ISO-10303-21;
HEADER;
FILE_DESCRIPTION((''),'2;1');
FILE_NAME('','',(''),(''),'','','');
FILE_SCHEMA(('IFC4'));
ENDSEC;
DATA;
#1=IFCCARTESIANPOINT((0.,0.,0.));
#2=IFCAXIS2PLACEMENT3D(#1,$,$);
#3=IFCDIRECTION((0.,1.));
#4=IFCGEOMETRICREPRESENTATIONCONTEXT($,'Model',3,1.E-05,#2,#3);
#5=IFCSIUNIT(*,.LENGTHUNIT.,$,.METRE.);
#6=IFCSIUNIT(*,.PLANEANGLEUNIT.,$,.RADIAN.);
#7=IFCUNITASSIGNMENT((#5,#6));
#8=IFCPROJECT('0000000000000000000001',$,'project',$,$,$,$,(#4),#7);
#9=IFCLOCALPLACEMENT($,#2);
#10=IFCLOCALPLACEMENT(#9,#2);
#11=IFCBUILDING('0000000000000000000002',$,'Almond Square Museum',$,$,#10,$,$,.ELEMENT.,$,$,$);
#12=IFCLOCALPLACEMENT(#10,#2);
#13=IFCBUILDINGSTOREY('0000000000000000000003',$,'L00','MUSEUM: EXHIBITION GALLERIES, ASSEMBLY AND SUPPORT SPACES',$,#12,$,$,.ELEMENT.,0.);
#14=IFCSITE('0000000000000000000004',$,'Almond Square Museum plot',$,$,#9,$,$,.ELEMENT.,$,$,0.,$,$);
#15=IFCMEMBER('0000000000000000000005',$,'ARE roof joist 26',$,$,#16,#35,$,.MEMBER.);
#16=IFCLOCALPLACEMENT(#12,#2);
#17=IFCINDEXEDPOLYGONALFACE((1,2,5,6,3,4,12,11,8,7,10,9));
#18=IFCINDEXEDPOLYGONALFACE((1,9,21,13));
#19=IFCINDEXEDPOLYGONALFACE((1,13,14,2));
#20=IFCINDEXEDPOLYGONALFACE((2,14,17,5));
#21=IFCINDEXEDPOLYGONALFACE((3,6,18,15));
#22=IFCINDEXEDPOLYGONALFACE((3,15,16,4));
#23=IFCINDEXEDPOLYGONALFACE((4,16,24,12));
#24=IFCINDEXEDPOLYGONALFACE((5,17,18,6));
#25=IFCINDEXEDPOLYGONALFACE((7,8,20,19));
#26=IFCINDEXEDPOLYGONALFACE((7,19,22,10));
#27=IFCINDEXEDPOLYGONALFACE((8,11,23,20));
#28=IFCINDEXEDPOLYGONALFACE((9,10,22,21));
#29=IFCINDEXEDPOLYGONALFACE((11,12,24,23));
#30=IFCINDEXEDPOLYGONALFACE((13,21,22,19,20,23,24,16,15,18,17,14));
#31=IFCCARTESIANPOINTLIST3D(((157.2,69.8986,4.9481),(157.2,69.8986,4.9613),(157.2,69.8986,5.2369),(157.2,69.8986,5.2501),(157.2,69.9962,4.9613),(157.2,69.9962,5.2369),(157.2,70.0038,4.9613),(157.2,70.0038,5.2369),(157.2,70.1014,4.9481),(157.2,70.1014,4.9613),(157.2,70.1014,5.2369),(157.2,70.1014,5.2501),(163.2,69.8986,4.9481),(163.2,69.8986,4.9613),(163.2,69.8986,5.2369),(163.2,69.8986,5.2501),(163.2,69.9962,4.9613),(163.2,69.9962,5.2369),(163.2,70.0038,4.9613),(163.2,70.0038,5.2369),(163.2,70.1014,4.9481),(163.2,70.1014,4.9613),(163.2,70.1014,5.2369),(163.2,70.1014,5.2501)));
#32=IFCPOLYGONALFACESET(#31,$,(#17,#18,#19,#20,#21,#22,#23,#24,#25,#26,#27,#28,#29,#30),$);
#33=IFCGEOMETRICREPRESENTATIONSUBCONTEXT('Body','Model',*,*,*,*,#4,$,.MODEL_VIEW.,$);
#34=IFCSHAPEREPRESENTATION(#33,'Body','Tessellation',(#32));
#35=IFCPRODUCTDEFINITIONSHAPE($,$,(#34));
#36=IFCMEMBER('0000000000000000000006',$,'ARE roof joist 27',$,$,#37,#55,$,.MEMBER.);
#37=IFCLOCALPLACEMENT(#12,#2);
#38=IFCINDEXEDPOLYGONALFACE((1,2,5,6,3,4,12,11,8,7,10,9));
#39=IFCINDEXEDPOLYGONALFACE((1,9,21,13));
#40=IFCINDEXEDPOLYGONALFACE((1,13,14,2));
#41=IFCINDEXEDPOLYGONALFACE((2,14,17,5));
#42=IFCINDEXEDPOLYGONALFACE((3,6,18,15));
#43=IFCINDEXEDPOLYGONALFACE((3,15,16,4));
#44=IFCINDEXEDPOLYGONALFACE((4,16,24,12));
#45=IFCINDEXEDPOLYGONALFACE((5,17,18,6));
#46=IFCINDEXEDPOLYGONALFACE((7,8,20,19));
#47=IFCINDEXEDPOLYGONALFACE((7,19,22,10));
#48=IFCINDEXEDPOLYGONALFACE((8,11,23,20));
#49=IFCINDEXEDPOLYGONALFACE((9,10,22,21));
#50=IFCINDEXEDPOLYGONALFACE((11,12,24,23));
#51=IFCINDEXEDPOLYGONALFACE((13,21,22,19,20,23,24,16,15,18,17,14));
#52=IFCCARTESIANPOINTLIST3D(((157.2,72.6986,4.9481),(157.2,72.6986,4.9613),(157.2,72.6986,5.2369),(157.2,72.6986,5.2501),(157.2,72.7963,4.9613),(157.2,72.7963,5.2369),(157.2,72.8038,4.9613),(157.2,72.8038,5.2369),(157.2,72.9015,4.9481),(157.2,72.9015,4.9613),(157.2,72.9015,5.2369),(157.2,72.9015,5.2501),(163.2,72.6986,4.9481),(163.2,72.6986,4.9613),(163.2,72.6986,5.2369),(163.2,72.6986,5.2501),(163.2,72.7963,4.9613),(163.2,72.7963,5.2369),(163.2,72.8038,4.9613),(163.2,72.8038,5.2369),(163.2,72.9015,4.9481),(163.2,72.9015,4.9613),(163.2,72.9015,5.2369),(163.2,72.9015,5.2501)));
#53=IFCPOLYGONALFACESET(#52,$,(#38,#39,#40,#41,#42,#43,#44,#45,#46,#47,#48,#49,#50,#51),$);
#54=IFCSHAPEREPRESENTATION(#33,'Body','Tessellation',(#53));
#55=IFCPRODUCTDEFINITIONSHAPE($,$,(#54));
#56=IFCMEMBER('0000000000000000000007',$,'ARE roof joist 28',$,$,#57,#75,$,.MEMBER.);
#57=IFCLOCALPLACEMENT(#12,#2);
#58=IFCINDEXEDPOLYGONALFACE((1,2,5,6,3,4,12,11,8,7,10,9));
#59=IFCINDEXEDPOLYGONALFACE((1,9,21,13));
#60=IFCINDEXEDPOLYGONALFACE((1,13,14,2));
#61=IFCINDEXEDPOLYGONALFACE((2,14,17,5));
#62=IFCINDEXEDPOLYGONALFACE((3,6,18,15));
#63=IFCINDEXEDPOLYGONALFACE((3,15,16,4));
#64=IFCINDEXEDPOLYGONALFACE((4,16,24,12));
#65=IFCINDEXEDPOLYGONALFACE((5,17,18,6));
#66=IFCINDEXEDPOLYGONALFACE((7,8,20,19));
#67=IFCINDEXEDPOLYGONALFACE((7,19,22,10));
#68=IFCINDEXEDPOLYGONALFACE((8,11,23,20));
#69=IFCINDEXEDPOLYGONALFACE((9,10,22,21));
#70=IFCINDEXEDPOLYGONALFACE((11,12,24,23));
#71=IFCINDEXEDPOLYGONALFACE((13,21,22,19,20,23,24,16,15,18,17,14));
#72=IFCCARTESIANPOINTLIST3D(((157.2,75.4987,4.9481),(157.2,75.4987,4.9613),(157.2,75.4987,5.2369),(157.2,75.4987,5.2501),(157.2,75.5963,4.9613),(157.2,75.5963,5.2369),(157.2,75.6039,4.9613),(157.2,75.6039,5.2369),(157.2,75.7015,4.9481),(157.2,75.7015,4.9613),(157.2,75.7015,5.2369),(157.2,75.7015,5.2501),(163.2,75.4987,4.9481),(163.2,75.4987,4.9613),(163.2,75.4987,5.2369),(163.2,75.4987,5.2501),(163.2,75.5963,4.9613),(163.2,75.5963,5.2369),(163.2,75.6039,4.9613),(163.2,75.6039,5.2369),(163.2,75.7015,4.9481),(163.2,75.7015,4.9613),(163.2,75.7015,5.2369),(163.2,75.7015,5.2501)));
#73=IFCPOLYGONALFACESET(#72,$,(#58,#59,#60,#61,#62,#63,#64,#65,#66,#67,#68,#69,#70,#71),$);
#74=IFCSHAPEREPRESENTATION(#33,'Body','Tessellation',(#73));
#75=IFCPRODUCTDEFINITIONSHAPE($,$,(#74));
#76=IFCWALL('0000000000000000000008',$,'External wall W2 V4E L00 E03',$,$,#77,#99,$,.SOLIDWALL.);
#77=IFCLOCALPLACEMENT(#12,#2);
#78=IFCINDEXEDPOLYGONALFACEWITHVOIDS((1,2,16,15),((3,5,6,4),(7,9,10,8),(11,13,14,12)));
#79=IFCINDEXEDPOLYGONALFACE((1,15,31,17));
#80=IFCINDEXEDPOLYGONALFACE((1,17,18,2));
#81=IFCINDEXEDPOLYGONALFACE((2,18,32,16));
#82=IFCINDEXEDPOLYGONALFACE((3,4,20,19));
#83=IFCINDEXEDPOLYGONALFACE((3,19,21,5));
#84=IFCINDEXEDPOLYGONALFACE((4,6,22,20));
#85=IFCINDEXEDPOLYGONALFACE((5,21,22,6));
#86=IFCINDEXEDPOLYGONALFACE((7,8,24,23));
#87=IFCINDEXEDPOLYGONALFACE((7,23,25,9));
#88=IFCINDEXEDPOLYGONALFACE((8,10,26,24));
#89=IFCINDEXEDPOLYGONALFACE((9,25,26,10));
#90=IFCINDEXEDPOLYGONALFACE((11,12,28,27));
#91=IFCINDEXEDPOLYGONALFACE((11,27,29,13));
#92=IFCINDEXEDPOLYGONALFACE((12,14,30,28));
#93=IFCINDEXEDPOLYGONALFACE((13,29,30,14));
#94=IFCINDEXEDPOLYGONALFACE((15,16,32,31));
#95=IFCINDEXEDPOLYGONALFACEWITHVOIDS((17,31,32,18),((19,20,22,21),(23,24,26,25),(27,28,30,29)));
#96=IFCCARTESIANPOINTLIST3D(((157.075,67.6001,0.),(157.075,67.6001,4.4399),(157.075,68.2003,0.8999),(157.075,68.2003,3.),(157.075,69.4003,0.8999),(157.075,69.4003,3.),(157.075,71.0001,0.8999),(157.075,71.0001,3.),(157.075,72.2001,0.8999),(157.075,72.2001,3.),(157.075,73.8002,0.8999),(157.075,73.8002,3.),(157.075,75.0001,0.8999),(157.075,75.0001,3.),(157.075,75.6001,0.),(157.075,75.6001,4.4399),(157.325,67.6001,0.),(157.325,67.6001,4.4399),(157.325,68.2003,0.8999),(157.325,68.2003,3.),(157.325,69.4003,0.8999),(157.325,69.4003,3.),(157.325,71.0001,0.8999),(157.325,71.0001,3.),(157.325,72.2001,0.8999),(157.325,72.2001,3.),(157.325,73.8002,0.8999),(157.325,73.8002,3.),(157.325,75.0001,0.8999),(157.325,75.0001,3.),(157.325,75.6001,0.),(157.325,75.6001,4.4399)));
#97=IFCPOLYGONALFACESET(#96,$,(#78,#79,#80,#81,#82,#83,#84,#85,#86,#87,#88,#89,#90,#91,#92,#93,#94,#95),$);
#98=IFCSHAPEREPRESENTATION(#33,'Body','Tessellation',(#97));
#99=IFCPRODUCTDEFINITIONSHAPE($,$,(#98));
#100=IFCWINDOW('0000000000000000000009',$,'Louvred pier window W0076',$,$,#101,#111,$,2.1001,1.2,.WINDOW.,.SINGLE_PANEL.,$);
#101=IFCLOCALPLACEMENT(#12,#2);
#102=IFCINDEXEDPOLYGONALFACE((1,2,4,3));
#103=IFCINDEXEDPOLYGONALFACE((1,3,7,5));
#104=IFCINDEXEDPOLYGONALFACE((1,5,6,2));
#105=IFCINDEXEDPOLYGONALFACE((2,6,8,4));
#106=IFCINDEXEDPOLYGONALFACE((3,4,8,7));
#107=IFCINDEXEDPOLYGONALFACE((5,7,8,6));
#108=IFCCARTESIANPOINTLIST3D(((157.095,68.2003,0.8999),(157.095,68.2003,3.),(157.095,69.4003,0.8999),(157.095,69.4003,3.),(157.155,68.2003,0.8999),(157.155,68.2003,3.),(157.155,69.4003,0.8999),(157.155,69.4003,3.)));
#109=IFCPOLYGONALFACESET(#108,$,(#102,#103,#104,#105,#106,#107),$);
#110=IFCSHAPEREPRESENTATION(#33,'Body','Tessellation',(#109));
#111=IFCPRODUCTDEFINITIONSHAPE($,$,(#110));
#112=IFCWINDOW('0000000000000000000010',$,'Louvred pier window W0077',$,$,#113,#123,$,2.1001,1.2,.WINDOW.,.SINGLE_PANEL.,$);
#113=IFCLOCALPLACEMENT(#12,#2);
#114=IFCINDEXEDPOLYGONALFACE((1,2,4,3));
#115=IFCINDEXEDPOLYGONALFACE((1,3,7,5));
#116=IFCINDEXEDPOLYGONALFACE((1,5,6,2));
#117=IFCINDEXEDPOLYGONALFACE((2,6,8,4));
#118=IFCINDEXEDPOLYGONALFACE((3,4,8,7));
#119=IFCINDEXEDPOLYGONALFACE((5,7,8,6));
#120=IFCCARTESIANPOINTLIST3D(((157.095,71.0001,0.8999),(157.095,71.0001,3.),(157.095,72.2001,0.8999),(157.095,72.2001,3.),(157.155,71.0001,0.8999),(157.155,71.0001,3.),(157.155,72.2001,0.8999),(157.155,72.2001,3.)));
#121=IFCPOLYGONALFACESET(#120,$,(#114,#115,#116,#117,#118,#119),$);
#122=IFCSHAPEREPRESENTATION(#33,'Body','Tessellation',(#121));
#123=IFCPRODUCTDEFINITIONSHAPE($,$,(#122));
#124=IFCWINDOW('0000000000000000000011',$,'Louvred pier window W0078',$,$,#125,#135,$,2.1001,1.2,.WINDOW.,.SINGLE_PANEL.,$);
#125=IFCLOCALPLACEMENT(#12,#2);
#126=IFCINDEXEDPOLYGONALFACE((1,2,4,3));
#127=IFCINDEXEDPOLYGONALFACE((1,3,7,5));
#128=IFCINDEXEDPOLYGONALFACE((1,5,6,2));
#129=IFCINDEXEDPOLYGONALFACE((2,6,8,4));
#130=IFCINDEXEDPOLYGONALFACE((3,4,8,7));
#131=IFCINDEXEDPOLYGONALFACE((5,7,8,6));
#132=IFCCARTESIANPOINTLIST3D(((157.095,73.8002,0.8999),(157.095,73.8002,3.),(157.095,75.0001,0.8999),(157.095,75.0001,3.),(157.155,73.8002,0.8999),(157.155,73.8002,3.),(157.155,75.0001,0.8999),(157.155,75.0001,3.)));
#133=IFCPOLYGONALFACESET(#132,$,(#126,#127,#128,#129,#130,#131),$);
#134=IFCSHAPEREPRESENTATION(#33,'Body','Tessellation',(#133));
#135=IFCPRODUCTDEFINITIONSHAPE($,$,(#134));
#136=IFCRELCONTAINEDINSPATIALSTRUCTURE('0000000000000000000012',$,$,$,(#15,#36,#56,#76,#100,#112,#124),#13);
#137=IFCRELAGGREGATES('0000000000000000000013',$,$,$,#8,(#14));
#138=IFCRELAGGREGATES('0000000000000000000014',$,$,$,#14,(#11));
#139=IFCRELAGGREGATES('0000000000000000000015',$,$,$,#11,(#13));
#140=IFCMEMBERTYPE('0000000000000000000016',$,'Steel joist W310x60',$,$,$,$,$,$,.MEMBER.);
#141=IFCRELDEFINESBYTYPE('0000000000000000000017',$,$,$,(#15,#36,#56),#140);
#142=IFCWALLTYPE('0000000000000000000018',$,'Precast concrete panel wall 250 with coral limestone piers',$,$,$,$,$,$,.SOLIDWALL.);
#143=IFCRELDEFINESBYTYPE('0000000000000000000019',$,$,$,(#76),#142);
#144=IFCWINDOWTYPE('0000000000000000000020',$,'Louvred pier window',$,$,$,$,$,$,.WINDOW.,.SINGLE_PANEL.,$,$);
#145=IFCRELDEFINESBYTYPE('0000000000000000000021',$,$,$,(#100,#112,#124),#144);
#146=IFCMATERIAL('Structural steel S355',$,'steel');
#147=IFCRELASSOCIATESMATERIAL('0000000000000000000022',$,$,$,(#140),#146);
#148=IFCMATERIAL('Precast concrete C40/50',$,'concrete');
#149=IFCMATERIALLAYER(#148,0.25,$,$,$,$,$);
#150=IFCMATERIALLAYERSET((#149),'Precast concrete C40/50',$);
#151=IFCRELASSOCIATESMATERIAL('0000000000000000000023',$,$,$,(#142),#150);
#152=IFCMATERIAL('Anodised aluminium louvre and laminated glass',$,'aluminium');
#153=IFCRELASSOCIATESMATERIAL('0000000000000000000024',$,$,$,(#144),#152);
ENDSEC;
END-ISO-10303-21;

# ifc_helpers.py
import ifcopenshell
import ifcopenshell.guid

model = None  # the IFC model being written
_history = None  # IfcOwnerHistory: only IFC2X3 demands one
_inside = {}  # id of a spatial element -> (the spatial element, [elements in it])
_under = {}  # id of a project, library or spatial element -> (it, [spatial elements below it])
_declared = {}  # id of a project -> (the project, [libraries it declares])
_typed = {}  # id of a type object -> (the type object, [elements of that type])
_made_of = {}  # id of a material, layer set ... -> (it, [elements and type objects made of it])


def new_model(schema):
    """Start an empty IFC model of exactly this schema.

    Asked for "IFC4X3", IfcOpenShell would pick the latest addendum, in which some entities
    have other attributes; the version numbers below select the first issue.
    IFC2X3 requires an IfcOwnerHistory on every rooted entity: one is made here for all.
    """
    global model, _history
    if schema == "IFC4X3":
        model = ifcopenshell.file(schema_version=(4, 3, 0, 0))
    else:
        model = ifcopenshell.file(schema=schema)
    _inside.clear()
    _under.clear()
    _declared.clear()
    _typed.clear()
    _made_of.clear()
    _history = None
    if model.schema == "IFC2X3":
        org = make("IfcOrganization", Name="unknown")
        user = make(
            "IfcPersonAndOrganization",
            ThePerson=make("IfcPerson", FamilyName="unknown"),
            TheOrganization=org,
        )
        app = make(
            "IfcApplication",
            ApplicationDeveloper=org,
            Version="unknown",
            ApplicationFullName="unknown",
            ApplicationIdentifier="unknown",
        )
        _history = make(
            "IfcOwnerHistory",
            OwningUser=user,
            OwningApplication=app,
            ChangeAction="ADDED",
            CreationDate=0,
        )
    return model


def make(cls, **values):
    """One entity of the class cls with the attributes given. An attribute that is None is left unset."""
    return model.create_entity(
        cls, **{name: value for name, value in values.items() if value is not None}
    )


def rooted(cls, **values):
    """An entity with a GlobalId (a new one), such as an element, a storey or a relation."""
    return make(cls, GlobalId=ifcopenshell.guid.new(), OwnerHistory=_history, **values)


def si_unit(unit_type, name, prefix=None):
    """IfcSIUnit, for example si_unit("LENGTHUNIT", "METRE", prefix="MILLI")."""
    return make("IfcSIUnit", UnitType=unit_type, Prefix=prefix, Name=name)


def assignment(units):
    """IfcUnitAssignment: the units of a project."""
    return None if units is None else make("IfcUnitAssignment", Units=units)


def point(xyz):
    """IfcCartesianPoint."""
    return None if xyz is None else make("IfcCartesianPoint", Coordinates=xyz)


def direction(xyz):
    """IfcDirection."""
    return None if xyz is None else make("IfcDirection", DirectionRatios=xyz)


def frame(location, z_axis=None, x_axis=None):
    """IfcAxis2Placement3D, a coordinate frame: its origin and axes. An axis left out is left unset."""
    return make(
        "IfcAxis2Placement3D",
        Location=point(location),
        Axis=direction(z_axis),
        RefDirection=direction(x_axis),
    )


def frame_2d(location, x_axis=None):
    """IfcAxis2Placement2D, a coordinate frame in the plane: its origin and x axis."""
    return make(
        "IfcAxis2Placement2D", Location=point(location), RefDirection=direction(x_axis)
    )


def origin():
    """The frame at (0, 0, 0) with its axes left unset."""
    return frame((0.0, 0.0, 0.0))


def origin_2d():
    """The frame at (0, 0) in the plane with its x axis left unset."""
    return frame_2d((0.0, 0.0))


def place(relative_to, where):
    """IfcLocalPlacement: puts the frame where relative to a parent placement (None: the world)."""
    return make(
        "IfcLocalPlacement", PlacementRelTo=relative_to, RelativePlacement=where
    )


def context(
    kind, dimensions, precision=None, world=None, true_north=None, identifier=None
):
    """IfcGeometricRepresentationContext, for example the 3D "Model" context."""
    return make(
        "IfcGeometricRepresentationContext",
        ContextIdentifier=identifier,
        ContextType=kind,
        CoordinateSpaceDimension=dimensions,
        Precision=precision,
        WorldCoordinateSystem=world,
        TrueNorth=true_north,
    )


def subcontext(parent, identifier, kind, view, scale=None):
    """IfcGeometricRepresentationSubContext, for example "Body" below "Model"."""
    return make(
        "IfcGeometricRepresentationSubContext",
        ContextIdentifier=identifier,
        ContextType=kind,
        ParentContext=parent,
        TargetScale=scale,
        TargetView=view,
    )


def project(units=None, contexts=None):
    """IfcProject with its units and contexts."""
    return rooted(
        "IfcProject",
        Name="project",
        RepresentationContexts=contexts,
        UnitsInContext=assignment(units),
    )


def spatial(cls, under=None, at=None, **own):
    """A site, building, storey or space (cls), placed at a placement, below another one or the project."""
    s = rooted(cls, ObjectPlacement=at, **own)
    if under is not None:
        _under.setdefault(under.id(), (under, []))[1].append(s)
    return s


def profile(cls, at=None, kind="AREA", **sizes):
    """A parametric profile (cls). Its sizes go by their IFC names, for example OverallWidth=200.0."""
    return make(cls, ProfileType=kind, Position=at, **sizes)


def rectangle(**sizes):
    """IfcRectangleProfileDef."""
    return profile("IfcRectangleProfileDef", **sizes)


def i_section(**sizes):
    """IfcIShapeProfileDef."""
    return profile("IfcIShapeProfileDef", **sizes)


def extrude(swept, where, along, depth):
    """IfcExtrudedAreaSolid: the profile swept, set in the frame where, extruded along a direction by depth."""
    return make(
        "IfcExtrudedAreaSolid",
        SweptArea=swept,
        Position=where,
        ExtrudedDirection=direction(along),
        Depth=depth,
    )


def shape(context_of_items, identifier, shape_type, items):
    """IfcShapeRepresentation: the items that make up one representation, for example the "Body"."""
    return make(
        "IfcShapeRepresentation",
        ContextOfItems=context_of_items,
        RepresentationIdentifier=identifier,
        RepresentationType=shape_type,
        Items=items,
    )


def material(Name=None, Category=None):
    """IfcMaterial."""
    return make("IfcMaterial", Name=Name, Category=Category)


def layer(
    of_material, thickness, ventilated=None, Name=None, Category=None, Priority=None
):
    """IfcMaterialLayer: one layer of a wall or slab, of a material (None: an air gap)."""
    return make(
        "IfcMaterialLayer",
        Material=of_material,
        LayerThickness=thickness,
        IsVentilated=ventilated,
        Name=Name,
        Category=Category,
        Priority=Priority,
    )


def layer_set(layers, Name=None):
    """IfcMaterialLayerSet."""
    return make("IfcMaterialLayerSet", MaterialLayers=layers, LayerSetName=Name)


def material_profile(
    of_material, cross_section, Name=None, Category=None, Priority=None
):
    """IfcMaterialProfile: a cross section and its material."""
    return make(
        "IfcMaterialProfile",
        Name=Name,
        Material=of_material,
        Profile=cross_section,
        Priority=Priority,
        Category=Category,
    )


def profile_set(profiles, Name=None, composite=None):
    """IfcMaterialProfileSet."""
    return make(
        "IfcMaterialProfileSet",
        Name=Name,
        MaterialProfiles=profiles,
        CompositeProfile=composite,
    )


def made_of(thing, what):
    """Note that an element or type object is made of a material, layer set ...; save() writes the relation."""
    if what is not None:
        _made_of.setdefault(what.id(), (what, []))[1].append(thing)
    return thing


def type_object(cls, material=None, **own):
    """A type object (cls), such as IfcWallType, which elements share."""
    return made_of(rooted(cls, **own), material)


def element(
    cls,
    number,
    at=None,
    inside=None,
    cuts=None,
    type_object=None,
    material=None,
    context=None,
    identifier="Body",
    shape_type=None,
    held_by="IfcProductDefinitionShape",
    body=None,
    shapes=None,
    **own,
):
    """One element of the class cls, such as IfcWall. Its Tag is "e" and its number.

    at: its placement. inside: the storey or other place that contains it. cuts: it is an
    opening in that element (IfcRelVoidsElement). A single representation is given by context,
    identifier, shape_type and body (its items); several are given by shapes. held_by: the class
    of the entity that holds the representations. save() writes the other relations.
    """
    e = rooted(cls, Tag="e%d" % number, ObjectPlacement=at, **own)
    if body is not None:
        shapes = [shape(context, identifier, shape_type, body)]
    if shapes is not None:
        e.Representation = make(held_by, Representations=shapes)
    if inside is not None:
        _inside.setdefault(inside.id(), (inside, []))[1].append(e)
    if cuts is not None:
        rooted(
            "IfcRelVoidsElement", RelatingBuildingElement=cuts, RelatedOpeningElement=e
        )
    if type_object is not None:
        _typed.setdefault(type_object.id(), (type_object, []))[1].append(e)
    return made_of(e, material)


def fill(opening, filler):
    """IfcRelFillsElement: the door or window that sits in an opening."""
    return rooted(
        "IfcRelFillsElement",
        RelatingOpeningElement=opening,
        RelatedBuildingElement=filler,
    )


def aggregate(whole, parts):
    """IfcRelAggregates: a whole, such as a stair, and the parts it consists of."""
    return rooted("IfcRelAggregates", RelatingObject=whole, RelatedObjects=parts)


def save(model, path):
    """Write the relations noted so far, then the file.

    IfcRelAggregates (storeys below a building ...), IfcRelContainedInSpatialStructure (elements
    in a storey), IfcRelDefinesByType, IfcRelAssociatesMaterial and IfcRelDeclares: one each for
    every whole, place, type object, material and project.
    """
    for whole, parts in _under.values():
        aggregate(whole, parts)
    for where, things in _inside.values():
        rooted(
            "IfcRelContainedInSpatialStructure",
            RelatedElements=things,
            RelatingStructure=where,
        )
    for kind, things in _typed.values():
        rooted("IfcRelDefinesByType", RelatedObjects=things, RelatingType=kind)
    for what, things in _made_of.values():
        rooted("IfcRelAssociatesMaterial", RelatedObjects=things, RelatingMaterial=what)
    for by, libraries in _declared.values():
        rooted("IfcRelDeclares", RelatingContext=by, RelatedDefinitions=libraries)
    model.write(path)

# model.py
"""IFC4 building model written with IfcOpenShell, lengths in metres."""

from ifc_helpers import new_model, si_unit, direction, frame, frame_2d, origin, origin_2d, place, context, subcontext, project, spatial, rectangle, i_section, extrude, material, layer, layer_set, material_profile, profile_set, type_object, element, fill, save


model = new_model("IFC4")

# Units and contexts
model_context = context("Model", 3, precision=1e-05, world=origin(), true_north=direction((0.0, 1.0)))
body_context = subcontext(model_context, "Body", "Model", "MODEL_VIEW")
ifc_project = project(units=[si_unit("LENGTHUNIT", "METRE"), si_unit("PLANEANGLEUNIT", "RADIAN")], contexts=[model_context])

# Site, building, storey
site_placement = place(None, origin())
site = spatial("IfcSite", under=ifc_project, at=site_placement, Name="Almond Square Museum plot", CompositionType="ELEMENT", RefElevation=0.0)
building_placement = place(site_placement, origin())
building = spatial("IfcBuilding", under=site, at=building_placement, Name="Almond Square Museum", CompositionType="ELEMENT")
storey_placement = place(building_placement, origin())
storey = spatial("IfcBuildingStorey", under=building, at=storey_placement, Name="L00", Description="MUSEUM: EXHIBITION GALLERIES, ASSEMBLY AND SUPPORT SPACES", CompositionType="ELEMENT", Elevation=0.0)

# Members
ifc_material_1 = material(Name="Structural steel S355", Category="steel")
ifc_material_profile_1 = material_profile(ifc_material_1, i_section(OverallWidth=0.2029, OverallDepth=0.302, WebThickness=0.0076, FlangeThickness=0.0132, at=origin_2d()))
ifc_profile_set_1 = profile_set([ifc_material_profile_1], Name="Structural steel S355")
member_type = type_object("IfcMemberType", Name="Steel joist W310x60", PredefinedType="MEMBER", material=ifc_profile_set_1)
for number, where, z_axis, x_axis, name in (
    (1, (157.2, 70.0, 5.0991), (1.0, 0.0, 0.0), (0.0, 1.0, 0.0), "ARE roof joist 26"),
    (2, (157.2, 72.8, 5.0991), (1.0, 0.0, 0.0), (0.0, 1.0, 0.0), "ARE roof joist 27"),
    (3, (157.2, 75.6001, 5.0991), (1.0, 0.0, 0.0), (0.0, 1.0, 0.0), "ARE roof joist 28"),
):
    element("IfcMember", number, at=place(storey_placement, frame(where, z_axis=z_axis, x_axis=x_axis)), inside=storey, type_object=member_type, Name=name, PredefinedType="MEMBER", context=body_context, shape_type="SweptSolid", body=[
        extrude(i_section(OverallWidth=0.2029, OverallDepth=0.302, WebThickness=0.0076, FlangeThickness=0.0132, at=origin_2d()), origin(), (0.0, 0.0, 1.0), 6.0),
    ])

# Wall, openings, windows
ifc_material_2 = material(Name="Precast concrete C40/50", Category="concrete")
ifc_layer = layer(ifc_material_2, 0.25)
ifc_layer_set = layer_set([ifc_layer], Name="Precast concrete C40/50")
wall_type = type_object("IfcWallType", Name="Precast concrete panel wall 250 with coral limestone piers", PredefinedType="SOLIDWALL", material=ifc_layer_set)
wall_placement = place(storey_placement, frame((157.2, 67.6001, 0.0), z_axis=(0.0, 0.0, 1.0), x_axis=(0.0, 1.0, 0.0)))
wall = element("IfcWall", 4, at=wall_placement, inside=storey, type_object=wall_type, Name="External wall W2 V4E L00 E03", PredefinedType="SOLIDWALL", context=body_context, shape_type="SweptSolid", body=[
    extrude(rectangle(XDim=8.0, YDim=0.25, at=frame_2d((4.0, 0.0))), origin(), (0.0, 0.0, 1.0), 4.4399),
])
opening_1_placement = place(wall_placement, frame((0.6001, 0.0, 0.8999)))
opening_1 = element("IfcOpeningElement", 5, at=opening_1_placement, cuts=wall, PredefinedType="OPENING", context=body_context, shape_type="SweptSolid", body=[
    extrude(rectangle(XDim=1.2, YDim=2.1001, at=frame_2d((0.6001, 1.05))), frame((0.0, 0.135, 0.0), z_axis=(0.0, -1.0, 0.0), x_axis=(1.0, 0.0, 0.0)), (0.0, 0.0, 1.0), 0.27),
])
opening_2_placement = place(wall_placement, frame((3.3999, 0.0, 0.8999)))
opening_2 = element("IfcOpeningElement", 6, at=opening_2_placement, cuts=wall, PredefinedType="OPENING", context=body_context, shape_type="SweptSolid", body=[
    extrude(rectangle(XDim=1.2, YDim=2.1001, at=frame_2d((0.6001, 1.05))), frame((0.0, 0.135, 0.0), z_axis=(0.0, -1.0, 0.0), x_axis=(1.0, 0.0, 0.0)), (0.0, 0.0, 1.0), 0.27),
])
opening_3_placement = place(wall_placement, frame((6.2, 0.0, 0.8999)))
opening_3 = element("IfcOpeningElement", 7, at=opening_3_placement, cuts=wall, PredefinedType="OPENING", context=body_context, shape_type="SweptSolid", body=[
    extrude(rectangle(XDim=1.2, YDim=2.1001, at=frame_2d((0.6001, 1.05))), frame((0.0, 0.135, 0.0), z_axis=(0.0, -1.0, 0.0), x_axis=(1.0, 0.0, 0.0)), (0.0, 0.0, 1.0), 0.27),
])
ifc_material_3 = material(Name="Anodised aluminium louvre and laminated glass", Category="aluminium")
window_type = type_object("IfcWindowType", Name="Louvred pier window", PartitioningType="SINGLE_PANEL", PredefinedType="WINDOW", material=ifc_material_3)
window_1_placement = place(opening_1_placement, origin())
window_1 = element("IfcWindow", 8, at=window_1_placement, inside=storey, type_object=window_type, Name="Louvred pier window W0076", OverallHeight=2.1001, OverallWidth=1.2, PartitioningType="SINGLE_PANEL", PredefinedType="WINDOW", context=body_context, shape_type="SweptSolid", body=[
    extrude(rectangle(XDim=1.2, YDim=2.1001, at=frame_2d((0.6001, 1.05))), frame((0.0, 0.105, 0.0), z_axis=(0.0, -1.0, 0.0), x_axis=(1.0, 0.0, 0.0)), (0.0, 0.0, 1.0), 0.0601),
])
fill(opening_1, window_1)
window_2_placement = place(opening_2_placement, origin())
window_2 = element("IfcWindow", 9, at=window_2_placement, inside=storey, type_object=window_type, Name="Louvred pier window W0077", OverallHeight=2.1001, OverallWidth=1.2, PartitioningType="SINGLE_PANEL", PredefinedType="WINDOW", context=body_context, shape_type="SweptSolid", body=[
    extrude(rectangle(XDim=1.2, YDim=2.1001, at=frame_2d((0.6001, 1.05))), frame((0.0, 0.105, 0.0), z_axis=(0.0, -1.0, 0.0), x_axis=(1.0, 0.0, 0.0)), (0.0, 0.0, 1.0), 0.0601),
])
fill(opening_2, window_2)
window_3_placement = place(opening_3_placement, origin())
window_3 = element("IfcWindow", 10, at=window_3_placement, inside=storey, type_object=window_type, Name="Louvred pier window W0078", OverallHeight=2.1001, OverallWidth=1.2, PartitioningType="SINGLE_PANEL", PredefinedType="WINDOW", context=body_context, shape_type="SweptSolid", body=[
    extrude(rectangle(XDim=1.2, YDim=2.1001, at=frame_2d((0.6001, 1.05))), frame((0.0, 0.105, 0.0), z_axis=(0.0, -1.0, 0.0), x_axis=(1.0, 0.0, 0.0)), (0.0, 0.0, 1.0), 0.0601),
])
fill(opening_3, window_3)

save(model, "model.ifc")
